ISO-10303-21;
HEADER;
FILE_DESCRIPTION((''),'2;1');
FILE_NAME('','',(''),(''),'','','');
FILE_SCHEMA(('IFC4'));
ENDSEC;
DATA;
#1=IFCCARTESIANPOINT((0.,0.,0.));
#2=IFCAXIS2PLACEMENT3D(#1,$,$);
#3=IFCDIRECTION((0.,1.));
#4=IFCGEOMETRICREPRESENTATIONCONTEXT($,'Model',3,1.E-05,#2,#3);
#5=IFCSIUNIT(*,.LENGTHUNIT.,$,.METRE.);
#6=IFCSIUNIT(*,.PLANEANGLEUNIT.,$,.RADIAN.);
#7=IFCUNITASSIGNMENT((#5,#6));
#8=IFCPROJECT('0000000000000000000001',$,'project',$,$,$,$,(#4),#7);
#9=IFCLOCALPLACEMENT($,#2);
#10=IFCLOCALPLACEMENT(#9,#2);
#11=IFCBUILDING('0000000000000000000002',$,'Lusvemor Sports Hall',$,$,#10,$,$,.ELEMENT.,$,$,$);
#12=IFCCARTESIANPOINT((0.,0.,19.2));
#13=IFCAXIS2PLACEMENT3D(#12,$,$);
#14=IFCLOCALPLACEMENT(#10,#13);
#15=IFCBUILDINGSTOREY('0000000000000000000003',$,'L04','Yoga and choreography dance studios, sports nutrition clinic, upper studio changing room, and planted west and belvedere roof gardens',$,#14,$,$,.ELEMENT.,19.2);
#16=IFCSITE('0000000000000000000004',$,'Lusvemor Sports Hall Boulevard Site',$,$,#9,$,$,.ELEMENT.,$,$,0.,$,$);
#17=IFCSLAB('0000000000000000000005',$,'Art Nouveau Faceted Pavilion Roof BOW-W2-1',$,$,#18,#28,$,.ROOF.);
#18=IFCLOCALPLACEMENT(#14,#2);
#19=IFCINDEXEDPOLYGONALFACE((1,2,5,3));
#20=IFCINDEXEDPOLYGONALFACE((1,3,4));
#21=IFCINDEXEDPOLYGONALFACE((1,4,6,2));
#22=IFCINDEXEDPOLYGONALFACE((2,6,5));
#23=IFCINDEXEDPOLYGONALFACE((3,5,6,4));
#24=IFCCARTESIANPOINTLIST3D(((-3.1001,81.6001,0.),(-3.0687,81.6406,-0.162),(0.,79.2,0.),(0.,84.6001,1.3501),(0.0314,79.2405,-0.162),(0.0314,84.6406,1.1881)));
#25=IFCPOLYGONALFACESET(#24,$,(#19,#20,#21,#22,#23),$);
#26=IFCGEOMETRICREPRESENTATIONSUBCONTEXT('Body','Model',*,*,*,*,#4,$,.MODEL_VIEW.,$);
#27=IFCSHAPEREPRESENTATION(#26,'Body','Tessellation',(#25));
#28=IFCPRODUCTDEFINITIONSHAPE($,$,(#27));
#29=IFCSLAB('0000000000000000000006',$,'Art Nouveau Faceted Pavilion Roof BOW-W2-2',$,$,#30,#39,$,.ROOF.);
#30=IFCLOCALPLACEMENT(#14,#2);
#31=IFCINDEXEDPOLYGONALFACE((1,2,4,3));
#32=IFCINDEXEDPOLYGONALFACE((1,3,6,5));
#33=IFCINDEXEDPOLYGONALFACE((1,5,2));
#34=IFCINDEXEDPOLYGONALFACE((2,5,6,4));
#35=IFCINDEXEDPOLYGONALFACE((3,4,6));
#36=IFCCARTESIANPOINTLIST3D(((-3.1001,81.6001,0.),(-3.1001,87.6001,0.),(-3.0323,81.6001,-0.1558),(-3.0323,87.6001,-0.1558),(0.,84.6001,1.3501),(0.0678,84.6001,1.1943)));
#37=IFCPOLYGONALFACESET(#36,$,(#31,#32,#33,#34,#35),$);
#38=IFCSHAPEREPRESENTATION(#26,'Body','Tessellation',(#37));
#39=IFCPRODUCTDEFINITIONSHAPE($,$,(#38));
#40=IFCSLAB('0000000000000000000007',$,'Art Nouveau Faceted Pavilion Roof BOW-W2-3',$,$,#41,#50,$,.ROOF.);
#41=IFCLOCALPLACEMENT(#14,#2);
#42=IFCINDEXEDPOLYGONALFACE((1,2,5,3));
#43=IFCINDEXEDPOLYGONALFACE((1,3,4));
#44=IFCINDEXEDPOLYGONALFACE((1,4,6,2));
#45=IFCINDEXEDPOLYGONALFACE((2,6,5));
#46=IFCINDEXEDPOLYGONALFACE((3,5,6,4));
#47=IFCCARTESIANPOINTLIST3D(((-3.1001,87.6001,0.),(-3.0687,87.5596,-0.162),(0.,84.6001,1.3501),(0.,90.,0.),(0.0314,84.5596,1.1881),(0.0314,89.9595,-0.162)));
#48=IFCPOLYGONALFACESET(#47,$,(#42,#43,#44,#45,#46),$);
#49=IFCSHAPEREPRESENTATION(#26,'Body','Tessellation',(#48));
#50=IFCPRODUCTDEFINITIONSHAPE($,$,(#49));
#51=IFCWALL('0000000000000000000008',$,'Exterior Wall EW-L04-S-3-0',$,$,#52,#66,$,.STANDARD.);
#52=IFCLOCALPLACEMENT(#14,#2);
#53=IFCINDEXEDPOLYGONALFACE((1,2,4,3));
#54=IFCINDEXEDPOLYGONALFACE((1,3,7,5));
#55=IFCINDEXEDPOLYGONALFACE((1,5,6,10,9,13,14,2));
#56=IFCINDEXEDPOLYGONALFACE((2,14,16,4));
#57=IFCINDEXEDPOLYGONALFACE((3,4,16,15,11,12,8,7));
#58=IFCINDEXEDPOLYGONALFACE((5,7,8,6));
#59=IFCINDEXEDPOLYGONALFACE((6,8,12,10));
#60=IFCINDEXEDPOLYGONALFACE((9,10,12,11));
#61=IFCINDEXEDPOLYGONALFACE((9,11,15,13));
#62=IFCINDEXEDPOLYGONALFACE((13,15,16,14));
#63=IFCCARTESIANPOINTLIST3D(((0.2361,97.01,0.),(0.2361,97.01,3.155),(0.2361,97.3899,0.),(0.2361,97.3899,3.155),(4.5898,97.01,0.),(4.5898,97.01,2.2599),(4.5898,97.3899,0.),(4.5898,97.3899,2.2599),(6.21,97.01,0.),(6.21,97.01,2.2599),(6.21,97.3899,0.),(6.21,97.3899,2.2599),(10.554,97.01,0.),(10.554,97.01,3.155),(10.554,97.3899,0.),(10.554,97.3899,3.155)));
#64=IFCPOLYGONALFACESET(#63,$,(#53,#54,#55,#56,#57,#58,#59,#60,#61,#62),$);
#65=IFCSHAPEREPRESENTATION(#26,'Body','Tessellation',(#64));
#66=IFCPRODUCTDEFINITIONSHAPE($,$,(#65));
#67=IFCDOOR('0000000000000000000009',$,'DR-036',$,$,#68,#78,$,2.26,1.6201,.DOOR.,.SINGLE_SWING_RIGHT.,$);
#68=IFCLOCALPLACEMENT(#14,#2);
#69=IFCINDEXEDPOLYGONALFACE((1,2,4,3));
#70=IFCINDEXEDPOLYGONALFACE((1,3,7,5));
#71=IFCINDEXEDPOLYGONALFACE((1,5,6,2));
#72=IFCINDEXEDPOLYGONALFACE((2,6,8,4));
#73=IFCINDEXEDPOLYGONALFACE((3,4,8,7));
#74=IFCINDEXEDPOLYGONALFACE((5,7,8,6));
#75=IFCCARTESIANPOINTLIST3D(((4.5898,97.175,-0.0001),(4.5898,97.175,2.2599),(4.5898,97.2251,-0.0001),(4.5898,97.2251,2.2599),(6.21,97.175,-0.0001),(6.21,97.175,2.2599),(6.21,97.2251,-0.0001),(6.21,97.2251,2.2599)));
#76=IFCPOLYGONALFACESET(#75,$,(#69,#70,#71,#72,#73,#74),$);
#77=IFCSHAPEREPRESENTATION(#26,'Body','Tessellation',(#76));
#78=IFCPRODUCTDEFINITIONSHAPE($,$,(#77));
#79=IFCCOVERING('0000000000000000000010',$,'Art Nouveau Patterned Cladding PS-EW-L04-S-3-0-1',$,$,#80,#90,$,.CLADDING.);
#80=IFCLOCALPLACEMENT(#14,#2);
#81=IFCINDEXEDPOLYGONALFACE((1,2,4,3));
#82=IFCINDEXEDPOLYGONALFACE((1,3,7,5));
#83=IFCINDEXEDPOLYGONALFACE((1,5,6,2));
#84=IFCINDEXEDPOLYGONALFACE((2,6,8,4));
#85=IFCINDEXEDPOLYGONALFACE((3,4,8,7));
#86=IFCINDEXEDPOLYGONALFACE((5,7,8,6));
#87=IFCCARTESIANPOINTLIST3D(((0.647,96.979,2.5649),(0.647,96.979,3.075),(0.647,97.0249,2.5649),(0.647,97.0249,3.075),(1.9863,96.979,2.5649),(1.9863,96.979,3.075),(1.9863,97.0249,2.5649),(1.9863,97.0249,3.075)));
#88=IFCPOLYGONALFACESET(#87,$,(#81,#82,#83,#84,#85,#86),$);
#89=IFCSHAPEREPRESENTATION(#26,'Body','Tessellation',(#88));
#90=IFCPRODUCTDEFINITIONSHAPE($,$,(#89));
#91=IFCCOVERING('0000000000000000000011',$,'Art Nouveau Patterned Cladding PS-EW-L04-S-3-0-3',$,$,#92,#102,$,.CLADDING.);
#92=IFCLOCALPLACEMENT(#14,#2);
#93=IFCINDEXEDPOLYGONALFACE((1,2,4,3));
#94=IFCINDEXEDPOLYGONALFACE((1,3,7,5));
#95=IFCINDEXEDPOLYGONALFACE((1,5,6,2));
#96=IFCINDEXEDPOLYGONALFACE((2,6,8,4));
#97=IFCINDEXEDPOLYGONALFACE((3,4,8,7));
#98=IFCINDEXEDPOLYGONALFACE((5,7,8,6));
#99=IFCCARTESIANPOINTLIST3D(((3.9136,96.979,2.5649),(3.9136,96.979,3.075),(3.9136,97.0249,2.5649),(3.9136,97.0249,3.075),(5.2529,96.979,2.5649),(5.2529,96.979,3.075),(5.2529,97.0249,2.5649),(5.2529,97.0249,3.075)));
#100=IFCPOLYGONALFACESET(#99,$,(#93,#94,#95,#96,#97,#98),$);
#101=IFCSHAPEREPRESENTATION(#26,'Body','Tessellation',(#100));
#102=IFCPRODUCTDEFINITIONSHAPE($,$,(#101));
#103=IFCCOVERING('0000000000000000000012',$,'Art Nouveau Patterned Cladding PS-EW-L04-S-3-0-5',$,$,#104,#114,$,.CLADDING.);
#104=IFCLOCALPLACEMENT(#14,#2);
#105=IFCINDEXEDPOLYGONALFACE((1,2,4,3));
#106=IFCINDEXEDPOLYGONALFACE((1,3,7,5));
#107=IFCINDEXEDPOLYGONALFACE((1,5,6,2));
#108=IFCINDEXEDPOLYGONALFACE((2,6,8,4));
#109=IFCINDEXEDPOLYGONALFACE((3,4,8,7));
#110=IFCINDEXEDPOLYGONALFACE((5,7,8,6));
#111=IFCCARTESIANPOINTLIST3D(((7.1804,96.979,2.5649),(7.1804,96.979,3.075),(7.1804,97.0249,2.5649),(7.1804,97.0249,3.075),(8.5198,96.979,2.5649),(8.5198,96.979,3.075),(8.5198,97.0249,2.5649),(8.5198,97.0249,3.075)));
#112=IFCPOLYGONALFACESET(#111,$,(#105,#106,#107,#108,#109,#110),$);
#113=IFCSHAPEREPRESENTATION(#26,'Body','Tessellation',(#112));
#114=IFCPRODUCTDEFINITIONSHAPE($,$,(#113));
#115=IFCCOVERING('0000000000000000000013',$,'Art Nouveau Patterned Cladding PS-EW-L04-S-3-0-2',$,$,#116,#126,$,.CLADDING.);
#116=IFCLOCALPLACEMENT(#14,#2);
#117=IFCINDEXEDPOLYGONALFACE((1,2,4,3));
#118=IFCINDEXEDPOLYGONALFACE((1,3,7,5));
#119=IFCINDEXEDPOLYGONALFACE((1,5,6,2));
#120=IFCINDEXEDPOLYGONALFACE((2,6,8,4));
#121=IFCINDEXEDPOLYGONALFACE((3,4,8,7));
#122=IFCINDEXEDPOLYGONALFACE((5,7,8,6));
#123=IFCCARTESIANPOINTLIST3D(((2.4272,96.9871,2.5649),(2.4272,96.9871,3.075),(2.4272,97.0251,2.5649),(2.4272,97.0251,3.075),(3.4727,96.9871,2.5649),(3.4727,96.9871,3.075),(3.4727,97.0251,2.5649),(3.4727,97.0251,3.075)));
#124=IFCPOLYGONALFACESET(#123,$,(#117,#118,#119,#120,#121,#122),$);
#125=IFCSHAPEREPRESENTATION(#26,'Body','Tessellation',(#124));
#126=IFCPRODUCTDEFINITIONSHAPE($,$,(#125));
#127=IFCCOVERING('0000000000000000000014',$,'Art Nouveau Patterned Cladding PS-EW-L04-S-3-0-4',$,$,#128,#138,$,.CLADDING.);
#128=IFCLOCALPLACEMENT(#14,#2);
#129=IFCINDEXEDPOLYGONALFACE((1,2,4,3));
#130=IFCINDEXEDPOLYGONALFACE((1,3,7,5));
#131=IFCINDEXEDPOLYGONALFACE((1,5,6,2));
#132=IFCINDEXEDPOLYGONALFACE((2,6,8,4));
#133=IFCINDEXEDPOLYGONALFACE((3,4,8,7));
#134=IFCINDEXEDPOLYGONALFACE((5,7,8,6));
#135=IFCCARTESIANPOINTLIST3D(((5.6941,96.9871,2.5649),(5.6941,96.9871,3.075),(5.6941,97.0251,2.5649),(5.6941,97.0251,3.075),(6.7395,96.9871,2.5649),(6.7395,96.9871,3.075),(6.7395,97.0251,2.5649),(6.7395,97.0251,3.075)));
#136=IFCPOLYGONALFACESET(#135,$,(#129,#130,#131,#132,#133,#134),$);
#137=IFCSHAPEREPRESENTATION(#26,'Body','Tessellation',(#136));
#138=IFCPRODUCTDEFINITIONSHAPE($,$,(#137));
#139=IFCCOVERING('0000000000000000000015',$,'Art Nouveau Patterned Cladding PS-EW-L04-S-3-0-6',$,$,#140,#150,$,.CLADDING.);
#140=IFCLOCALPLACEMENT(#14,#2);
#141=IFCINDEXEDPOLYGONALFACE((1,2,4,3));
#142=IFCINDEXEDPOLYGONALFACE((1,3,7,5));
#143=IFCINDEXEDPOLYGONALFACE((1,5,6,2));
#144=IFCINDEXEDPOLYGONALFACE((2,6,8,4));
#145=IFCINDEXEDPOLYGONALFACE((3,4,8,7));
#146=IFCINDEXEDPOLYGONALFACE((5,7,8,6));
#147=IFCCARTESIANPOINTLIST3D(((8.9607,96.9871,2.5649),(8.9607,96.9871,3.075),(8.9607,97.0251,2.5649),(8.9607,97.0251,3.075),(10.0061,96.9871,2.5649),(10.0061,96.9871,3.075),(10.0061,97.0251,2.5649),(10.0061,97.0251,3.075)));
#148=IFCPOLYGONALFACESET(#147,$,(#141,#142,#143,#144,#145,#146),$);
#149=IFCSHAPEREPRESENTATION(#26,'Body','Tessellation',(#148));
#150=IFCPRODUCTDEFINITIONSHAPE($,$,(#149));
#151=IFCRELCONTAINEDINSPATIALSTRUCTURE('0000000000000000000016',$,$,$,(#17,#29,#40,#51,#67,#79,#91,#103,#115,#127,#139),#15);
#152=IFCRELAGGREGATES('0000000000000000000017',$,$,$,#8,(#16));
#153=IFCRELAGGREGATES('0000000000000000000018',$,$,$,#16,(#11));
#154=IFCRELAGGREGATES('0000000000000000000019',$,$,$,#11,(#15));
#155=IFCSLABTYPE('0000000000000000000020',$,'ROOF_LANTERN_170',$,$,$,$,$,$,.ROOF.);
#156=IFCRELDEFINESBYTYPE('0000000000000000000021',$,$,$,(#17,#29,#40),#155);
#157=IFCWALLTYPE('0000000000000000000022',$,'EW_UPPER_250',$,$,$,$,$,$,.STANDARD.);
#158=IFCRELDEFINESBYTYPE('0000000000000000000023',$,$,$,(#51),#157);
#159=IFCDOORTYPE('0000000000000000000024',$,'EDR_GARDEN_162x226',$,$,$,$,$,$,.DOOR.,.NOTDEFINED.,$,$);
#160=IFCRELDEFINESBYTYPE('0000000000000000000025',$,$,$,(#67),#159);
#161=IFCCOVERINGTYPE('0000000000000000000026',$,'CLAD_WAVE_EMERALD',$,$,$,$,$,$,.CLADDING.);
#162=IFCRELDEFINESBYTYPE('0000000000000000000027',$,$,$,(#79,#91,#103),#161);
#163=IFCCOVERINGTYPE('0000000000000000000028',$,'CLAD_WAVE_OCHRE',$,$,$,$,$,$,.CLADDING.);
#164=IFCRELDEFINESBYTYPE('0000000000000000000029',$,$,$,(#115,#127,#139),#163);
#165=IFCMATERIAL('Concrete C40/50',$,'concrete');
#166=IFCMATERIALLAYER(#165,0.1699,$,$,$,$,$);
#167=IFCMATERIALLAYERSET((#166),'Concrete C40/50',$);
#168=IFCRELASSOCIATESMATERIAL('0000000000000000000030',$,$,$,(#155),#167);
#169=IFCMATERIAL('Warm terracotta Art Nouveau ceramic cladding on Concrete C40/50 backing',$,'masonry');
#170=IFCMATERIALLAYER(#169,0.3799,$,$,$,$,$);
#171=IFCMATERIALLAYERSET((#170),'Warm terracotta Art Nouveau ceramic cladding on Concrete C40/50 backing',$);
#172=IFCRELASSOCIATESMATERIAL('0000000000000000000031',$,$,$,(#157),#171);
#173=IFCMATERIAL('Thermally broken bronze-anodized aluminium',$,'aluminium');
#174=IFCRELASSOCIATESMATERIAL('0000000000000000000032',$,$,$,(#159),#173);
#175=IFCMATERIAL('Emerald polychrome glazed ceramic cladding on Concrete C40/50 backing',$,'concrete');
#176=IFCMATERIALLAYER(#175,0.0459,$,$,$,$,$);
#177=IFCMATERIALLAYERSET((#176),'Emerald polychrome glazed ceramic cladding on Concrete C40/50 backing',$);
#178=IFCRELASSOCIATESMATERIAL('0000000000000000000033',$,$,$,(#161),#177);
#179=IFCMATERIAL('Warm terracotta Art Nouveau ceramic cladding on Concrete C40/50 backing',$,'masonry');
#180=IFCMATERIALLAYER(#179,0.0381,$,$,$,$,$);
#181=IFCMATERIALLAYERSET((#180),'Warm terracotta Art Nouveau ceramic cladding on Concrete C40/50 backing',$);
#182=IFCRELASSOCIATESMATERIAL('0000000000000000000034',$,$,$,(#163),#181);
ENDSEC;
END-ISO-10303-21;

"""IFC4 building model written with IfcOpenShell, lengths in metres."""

from ifc_helpers import new_model, si_unit, direction, frame, frame_2d, origin, origin_2d, place, context, subcontext, project, spatial, polyline, rectangle, outline, extrude, material, layer, layer_set, type_object, element, fill, save


model = new_model("IFC4")

# Units and contexts
model_context = context("Model", 3, precision=1e-05, world=origin(), true_north=direction((0.0, 1.0)))
body_context = subcontext(model_context, "Body", "Model", "MODEL_VIEW")
ifc_project = project(units=[si_unit("LENGTHUNIT", "METRE"), si_unit("PLANEANGLEUNIT", "RADIAN")], contexts=[model_context])

# Site, building, storey
site_placement = place(None, origin())
site = spatial("IfcSite", under=ifc_project, at=site_placement, Name="Lusvemor Sports Hall Boulevard Site", CompositionType="ELEMENT", RefElevation=0.0)
building_placement = place(site_placement, origin())
building = spatial("IfcBuilding", under=site, at=building_placement, Name="Lusvemor Sports Hall", CompositionType="ELEMENT")
storey_placement = place(building_placement, frame((0.0, 0.0, 19.2)))
storey = spatial("IfcBuildingStorey", under=building, at=storey_placement, Name="L04", Description="Yoga and choreography dance studios, sports nutrition clinic, upper studio changing room, and planted west and belvedere roof gardens", CompositionType="ELEMENT", Elevation=19.2)

# Slabs
ifc_material_1 = material(Name="Concrete C40/50", Category="concrete")
ifc_layer_1 = layer(ifc_material_1, 0.1699)
ifc_layer_set_1 = layer_set([ifc_layer_1], Name="Concrete C40/50")
slab_type = type_object("IfcSlabType", Name="ROOF_LANTERN_170", PredefinedType="ROOF", material=ifc_layer_set_1)
slab_1_placement = place(storey_placement, frame((0.0, 79.2, 0.0), z_axis=(-0.184557, -0.238379, 0.953475), x_axis=(-0.790715, 0.612184, 0.0)))
element("IfcSlab", 1, at=slab_1_placement, inside=storey, type_object=slab_type, Name="Art Nouveau Faceted Pavilion Roof BOW-W2-1", PredefinedType="ROOF", context=body_context, shape_type="SweptSolid", body=[
    extrude(outline(polyline([(0.0, 0.0), (3.9206, 0.0), (3.3059, -4.4783), (0.0, 0.0)])), origin(), (0.0, 0.0, -1.0), 0.1699),
])
slab_2_placement = place(storey_placement, frame((-3.1001, 81.6001, 0.0), z_axis=(-0.39928, 0.0, 0.916829), x_axis=(0.0, 1.0, 0.0)))
element("IfcSlab", 2, at=slab_2_placement, inside=storey, type_object=slab_type, Name="Art Nouveau Faceted Pavilion Roof BOW-W2-2", PredefinedType="ROOF", context=body_context, shape_type="SweptSolid", body=[
    extrude(outline(polyline([(0.0, 0.0), (6.0, 0.0), (3.0, -3.3813), (0.0, 0.0)])), origin(), (0.0, 0.0, -1.0), 0.1699),
])
slab_3_placement = place(storey_placement, frame((-3.1001, 87.6001, 0.0), z_axis=(-0.184547, 0.23839, 0.953474), x_axis=(0.790745, 0.612146, 0.0)))
element("IfcSlab", 3, at=slab_3_placement, inside=storey, type_object=slab_type, Name="Art Nouveau Faceted Pavilion Roof BOW-W2-3", PredefinedType="ROOF", context=body_context, shape_type="SweptSolid", body=[
    extrude(outline(polyline([(0.0, 0.0), (3.9205, 0.0), (0.615, -4.4783), (0.0, 0.0)])), origin(), (0.0, 0.0, -1.0), 0.1699),
])

# Wall, opening, door
ifc_material_2 = material(Name="Warm terracotta Art Nouveau ceramic cladding on Concrete C40/50 backing", Category="masonry")
ifc_layer_2 = layer(ifc_material_2, 0.3799)
ifc_layer_set_2 = layer_set([ifc_layer_2], Name="Warm terracotta Art Nouveau ceramic cladding on Concrete C40/50 backing")
wall_type = type_object("IfcWallType", Name="EW_UPPER_250", PredefinedType="STANDARD", material=ifc_layer_set_2)
wall_placement = place(storey_placement, frame((10.554, 97.2, 0.0), z_axis=(0.0, 0.0, 1.0), x_axis=(-1.0, 0.0, 0.0)))
wall = element("IfcWall", 4, at=wall_placement, inside=storey, type_object=wall_type, Name="Exterior Wall EW-L04-S-3-0", PredefinedType="STANDARD", context=body_context, shape_type="SweptSolid", body=[
    extrude(rectangle(XDim=10.3179, YDim=0.3799, at=frame_2d((5.1589, 0.0))), origin(), (0.0, 0.0, 1.0), 3.155),
])
opening_placement = place(wall_placement, frame((4.344, 0.0, 0.0)))
opening = element("IfcOpeningElement", 5, at=opening_placement, cuts=wall, PredefinedType="OPENING", context=body_context, shape_type="SweptSolid", body=[
    extrude(rectangle(XDim=1.6201, YDim=2.26, at=frame_2d((0.8101, 1.1299))), frame((0.0, 0.1899, 0.0), z_axis=(0.0, -1.0, 0.0), x_axis=(1.0, 0.0, 0.0)), (0.0, 0.0, 1.0), 0.3799),
])
ifc_material_3 = material(Name="Thermally broken bronze-anodized aluminium", Category="aluminium")
door_type = type_object("IfcDoorType", Name="EDR_GARDEN_162x226", OperationType="NOTDEFINED", PredefinedType="DOOR", material=ifc_material_3)
door_placement = place(opening_placement, origin())
door = element("IfcDoor", 6, at=door_placement, inside=storey, type_object=door_type, Name="DR-036", OperationType="SINGLE_SWING_RIGHT", OverallHeight=2.26, OverallWidth=1.6201, PredefinedType="DOOR", context=body_context, shape_type="SweptSolid", body=[
    extrude(rectangle(XDim=1.6201, YDim=2.26, at=frame_2d((0.8101, 1.1299))), frame((0.0, 0.0249, 0.0), z_axis=(0.0, -1.0, 0.0), x_axis=(1.0, 0.0, 0.0)), (0.0, 0.0, 1.0), 0.05),
])
fill(opening, door)

# Coverings
ifc_material_4 = material(Name="Emerald polychrome glazed ceramic cladding on Concrete C40/50 backing", Category="concrete")
ifc_layer_3 = layer(ifc_material_4, 0.0459)
ifc_layer_set_3 = layer_set([ifc_layer_3], Name="Emerald polychrome glazed ceramic cladding on Concrete C40/50 backing")
covering_type_1 = type_object("IfcCoveringType", Name="CLAD_WAVE_EMERALD", PredefinedType="CLADDING", material=ifc_layer_set_3)
for number, where, z_axis, x_axis, name in (
    (7, (1.3167, 97.002, 2.5649), (0.0, 0.0, 1.0), (1.0, 0.0, 0.0), "Art Nouveau Patterned Cladding PS-EW-L04-S-3-0-1"),
    (8, (4.5833, 97.002, 2.5649), (0.0, 0.0, 1.0), (1.0, 0.0, 0.0), "Art Nouveau Patterned Cladding PS-EW-L04-S-3-0-3"),
    (9, (7.8501, 97.002, 2.5649), (0.0, 0.0, 1.0), (1.0, 0.0, 0.0), "Art Nouveau Patterned Cladding PS-EW-L04-S-3-0-5"),
):
    element("IfcCovering", number, at=place(storey_placement, frame(where, z_axis=z_axis, x_axis=x_axis)), inside=storey, type_object=covering_type_1, Name=name, PredefinedType="CLADDING", context=body_context, shape_type="SweptSolid", body=[
        extrude(rectangle(XDim=1.3394, YDim=0.0459, at=origin_2d()), origin(), (0.0, 0.0, 1.0), 0.51),
    ])
ifc_material_5 = material(Name="Warm terracotta Art Nouveau ceramic cladding on Concrete C40/50 backing", Category="masonry")
ifc_layer_4 = layer(ifc_material_5, 0.0381)
ifc_layer_set_4 = layer_set([ifc_layer_4], Name="Warm terracotta Art Nouveau ceramic cladding on Concrete C40/50 backing")
covering_type_2 = type_object("IfcCoveringType", Name="CLAD_WAVE_OCHRE", PredefinedType="CLADDING", material=ifc_layer_set_4)
for number, where, z_axis, x_axis, name in (
    (10, (2.95, 97.0061, 2.5649), (0.0, 0.0, 1.0), (1.0, 0.0, 0.0), "Art Nouveau Patterned Cladding PS-EW-L04-S-3-0-2"),
    (11, (6.2168, 97.0061, 2.5649), (0.0, 0.0, 1.0), (1.0, 0.0, 0.0), "Art Nouveau Patterned Cladding PS-EW-L04-S-3-0-4"),
    (12, (9.4834, 97.0061, 2.5649), (0.0, 0.0, 1.0), (1.0, 0.0, 0.0), "Art Nouveau Patterned Cladding PS-EW-L04-S-3-0-6"),
):
    element("IfcCovering", number, at=place(storey_placement, frame(where, z_axis=z_axis, x_axis=x_axis)), inside=storey, type_object=covering_type_2, Name=name, PredefinedType="CLADDING", context=body_context, shape_type="SweptSolid", body=[
        extrude(rectangle(XDim=1.0454, YDim=0.0381, at=origin_2d()), origin(), (0.0, 0.0, 1.0), 0.51),
    ])

save(model, "model.ifc")
